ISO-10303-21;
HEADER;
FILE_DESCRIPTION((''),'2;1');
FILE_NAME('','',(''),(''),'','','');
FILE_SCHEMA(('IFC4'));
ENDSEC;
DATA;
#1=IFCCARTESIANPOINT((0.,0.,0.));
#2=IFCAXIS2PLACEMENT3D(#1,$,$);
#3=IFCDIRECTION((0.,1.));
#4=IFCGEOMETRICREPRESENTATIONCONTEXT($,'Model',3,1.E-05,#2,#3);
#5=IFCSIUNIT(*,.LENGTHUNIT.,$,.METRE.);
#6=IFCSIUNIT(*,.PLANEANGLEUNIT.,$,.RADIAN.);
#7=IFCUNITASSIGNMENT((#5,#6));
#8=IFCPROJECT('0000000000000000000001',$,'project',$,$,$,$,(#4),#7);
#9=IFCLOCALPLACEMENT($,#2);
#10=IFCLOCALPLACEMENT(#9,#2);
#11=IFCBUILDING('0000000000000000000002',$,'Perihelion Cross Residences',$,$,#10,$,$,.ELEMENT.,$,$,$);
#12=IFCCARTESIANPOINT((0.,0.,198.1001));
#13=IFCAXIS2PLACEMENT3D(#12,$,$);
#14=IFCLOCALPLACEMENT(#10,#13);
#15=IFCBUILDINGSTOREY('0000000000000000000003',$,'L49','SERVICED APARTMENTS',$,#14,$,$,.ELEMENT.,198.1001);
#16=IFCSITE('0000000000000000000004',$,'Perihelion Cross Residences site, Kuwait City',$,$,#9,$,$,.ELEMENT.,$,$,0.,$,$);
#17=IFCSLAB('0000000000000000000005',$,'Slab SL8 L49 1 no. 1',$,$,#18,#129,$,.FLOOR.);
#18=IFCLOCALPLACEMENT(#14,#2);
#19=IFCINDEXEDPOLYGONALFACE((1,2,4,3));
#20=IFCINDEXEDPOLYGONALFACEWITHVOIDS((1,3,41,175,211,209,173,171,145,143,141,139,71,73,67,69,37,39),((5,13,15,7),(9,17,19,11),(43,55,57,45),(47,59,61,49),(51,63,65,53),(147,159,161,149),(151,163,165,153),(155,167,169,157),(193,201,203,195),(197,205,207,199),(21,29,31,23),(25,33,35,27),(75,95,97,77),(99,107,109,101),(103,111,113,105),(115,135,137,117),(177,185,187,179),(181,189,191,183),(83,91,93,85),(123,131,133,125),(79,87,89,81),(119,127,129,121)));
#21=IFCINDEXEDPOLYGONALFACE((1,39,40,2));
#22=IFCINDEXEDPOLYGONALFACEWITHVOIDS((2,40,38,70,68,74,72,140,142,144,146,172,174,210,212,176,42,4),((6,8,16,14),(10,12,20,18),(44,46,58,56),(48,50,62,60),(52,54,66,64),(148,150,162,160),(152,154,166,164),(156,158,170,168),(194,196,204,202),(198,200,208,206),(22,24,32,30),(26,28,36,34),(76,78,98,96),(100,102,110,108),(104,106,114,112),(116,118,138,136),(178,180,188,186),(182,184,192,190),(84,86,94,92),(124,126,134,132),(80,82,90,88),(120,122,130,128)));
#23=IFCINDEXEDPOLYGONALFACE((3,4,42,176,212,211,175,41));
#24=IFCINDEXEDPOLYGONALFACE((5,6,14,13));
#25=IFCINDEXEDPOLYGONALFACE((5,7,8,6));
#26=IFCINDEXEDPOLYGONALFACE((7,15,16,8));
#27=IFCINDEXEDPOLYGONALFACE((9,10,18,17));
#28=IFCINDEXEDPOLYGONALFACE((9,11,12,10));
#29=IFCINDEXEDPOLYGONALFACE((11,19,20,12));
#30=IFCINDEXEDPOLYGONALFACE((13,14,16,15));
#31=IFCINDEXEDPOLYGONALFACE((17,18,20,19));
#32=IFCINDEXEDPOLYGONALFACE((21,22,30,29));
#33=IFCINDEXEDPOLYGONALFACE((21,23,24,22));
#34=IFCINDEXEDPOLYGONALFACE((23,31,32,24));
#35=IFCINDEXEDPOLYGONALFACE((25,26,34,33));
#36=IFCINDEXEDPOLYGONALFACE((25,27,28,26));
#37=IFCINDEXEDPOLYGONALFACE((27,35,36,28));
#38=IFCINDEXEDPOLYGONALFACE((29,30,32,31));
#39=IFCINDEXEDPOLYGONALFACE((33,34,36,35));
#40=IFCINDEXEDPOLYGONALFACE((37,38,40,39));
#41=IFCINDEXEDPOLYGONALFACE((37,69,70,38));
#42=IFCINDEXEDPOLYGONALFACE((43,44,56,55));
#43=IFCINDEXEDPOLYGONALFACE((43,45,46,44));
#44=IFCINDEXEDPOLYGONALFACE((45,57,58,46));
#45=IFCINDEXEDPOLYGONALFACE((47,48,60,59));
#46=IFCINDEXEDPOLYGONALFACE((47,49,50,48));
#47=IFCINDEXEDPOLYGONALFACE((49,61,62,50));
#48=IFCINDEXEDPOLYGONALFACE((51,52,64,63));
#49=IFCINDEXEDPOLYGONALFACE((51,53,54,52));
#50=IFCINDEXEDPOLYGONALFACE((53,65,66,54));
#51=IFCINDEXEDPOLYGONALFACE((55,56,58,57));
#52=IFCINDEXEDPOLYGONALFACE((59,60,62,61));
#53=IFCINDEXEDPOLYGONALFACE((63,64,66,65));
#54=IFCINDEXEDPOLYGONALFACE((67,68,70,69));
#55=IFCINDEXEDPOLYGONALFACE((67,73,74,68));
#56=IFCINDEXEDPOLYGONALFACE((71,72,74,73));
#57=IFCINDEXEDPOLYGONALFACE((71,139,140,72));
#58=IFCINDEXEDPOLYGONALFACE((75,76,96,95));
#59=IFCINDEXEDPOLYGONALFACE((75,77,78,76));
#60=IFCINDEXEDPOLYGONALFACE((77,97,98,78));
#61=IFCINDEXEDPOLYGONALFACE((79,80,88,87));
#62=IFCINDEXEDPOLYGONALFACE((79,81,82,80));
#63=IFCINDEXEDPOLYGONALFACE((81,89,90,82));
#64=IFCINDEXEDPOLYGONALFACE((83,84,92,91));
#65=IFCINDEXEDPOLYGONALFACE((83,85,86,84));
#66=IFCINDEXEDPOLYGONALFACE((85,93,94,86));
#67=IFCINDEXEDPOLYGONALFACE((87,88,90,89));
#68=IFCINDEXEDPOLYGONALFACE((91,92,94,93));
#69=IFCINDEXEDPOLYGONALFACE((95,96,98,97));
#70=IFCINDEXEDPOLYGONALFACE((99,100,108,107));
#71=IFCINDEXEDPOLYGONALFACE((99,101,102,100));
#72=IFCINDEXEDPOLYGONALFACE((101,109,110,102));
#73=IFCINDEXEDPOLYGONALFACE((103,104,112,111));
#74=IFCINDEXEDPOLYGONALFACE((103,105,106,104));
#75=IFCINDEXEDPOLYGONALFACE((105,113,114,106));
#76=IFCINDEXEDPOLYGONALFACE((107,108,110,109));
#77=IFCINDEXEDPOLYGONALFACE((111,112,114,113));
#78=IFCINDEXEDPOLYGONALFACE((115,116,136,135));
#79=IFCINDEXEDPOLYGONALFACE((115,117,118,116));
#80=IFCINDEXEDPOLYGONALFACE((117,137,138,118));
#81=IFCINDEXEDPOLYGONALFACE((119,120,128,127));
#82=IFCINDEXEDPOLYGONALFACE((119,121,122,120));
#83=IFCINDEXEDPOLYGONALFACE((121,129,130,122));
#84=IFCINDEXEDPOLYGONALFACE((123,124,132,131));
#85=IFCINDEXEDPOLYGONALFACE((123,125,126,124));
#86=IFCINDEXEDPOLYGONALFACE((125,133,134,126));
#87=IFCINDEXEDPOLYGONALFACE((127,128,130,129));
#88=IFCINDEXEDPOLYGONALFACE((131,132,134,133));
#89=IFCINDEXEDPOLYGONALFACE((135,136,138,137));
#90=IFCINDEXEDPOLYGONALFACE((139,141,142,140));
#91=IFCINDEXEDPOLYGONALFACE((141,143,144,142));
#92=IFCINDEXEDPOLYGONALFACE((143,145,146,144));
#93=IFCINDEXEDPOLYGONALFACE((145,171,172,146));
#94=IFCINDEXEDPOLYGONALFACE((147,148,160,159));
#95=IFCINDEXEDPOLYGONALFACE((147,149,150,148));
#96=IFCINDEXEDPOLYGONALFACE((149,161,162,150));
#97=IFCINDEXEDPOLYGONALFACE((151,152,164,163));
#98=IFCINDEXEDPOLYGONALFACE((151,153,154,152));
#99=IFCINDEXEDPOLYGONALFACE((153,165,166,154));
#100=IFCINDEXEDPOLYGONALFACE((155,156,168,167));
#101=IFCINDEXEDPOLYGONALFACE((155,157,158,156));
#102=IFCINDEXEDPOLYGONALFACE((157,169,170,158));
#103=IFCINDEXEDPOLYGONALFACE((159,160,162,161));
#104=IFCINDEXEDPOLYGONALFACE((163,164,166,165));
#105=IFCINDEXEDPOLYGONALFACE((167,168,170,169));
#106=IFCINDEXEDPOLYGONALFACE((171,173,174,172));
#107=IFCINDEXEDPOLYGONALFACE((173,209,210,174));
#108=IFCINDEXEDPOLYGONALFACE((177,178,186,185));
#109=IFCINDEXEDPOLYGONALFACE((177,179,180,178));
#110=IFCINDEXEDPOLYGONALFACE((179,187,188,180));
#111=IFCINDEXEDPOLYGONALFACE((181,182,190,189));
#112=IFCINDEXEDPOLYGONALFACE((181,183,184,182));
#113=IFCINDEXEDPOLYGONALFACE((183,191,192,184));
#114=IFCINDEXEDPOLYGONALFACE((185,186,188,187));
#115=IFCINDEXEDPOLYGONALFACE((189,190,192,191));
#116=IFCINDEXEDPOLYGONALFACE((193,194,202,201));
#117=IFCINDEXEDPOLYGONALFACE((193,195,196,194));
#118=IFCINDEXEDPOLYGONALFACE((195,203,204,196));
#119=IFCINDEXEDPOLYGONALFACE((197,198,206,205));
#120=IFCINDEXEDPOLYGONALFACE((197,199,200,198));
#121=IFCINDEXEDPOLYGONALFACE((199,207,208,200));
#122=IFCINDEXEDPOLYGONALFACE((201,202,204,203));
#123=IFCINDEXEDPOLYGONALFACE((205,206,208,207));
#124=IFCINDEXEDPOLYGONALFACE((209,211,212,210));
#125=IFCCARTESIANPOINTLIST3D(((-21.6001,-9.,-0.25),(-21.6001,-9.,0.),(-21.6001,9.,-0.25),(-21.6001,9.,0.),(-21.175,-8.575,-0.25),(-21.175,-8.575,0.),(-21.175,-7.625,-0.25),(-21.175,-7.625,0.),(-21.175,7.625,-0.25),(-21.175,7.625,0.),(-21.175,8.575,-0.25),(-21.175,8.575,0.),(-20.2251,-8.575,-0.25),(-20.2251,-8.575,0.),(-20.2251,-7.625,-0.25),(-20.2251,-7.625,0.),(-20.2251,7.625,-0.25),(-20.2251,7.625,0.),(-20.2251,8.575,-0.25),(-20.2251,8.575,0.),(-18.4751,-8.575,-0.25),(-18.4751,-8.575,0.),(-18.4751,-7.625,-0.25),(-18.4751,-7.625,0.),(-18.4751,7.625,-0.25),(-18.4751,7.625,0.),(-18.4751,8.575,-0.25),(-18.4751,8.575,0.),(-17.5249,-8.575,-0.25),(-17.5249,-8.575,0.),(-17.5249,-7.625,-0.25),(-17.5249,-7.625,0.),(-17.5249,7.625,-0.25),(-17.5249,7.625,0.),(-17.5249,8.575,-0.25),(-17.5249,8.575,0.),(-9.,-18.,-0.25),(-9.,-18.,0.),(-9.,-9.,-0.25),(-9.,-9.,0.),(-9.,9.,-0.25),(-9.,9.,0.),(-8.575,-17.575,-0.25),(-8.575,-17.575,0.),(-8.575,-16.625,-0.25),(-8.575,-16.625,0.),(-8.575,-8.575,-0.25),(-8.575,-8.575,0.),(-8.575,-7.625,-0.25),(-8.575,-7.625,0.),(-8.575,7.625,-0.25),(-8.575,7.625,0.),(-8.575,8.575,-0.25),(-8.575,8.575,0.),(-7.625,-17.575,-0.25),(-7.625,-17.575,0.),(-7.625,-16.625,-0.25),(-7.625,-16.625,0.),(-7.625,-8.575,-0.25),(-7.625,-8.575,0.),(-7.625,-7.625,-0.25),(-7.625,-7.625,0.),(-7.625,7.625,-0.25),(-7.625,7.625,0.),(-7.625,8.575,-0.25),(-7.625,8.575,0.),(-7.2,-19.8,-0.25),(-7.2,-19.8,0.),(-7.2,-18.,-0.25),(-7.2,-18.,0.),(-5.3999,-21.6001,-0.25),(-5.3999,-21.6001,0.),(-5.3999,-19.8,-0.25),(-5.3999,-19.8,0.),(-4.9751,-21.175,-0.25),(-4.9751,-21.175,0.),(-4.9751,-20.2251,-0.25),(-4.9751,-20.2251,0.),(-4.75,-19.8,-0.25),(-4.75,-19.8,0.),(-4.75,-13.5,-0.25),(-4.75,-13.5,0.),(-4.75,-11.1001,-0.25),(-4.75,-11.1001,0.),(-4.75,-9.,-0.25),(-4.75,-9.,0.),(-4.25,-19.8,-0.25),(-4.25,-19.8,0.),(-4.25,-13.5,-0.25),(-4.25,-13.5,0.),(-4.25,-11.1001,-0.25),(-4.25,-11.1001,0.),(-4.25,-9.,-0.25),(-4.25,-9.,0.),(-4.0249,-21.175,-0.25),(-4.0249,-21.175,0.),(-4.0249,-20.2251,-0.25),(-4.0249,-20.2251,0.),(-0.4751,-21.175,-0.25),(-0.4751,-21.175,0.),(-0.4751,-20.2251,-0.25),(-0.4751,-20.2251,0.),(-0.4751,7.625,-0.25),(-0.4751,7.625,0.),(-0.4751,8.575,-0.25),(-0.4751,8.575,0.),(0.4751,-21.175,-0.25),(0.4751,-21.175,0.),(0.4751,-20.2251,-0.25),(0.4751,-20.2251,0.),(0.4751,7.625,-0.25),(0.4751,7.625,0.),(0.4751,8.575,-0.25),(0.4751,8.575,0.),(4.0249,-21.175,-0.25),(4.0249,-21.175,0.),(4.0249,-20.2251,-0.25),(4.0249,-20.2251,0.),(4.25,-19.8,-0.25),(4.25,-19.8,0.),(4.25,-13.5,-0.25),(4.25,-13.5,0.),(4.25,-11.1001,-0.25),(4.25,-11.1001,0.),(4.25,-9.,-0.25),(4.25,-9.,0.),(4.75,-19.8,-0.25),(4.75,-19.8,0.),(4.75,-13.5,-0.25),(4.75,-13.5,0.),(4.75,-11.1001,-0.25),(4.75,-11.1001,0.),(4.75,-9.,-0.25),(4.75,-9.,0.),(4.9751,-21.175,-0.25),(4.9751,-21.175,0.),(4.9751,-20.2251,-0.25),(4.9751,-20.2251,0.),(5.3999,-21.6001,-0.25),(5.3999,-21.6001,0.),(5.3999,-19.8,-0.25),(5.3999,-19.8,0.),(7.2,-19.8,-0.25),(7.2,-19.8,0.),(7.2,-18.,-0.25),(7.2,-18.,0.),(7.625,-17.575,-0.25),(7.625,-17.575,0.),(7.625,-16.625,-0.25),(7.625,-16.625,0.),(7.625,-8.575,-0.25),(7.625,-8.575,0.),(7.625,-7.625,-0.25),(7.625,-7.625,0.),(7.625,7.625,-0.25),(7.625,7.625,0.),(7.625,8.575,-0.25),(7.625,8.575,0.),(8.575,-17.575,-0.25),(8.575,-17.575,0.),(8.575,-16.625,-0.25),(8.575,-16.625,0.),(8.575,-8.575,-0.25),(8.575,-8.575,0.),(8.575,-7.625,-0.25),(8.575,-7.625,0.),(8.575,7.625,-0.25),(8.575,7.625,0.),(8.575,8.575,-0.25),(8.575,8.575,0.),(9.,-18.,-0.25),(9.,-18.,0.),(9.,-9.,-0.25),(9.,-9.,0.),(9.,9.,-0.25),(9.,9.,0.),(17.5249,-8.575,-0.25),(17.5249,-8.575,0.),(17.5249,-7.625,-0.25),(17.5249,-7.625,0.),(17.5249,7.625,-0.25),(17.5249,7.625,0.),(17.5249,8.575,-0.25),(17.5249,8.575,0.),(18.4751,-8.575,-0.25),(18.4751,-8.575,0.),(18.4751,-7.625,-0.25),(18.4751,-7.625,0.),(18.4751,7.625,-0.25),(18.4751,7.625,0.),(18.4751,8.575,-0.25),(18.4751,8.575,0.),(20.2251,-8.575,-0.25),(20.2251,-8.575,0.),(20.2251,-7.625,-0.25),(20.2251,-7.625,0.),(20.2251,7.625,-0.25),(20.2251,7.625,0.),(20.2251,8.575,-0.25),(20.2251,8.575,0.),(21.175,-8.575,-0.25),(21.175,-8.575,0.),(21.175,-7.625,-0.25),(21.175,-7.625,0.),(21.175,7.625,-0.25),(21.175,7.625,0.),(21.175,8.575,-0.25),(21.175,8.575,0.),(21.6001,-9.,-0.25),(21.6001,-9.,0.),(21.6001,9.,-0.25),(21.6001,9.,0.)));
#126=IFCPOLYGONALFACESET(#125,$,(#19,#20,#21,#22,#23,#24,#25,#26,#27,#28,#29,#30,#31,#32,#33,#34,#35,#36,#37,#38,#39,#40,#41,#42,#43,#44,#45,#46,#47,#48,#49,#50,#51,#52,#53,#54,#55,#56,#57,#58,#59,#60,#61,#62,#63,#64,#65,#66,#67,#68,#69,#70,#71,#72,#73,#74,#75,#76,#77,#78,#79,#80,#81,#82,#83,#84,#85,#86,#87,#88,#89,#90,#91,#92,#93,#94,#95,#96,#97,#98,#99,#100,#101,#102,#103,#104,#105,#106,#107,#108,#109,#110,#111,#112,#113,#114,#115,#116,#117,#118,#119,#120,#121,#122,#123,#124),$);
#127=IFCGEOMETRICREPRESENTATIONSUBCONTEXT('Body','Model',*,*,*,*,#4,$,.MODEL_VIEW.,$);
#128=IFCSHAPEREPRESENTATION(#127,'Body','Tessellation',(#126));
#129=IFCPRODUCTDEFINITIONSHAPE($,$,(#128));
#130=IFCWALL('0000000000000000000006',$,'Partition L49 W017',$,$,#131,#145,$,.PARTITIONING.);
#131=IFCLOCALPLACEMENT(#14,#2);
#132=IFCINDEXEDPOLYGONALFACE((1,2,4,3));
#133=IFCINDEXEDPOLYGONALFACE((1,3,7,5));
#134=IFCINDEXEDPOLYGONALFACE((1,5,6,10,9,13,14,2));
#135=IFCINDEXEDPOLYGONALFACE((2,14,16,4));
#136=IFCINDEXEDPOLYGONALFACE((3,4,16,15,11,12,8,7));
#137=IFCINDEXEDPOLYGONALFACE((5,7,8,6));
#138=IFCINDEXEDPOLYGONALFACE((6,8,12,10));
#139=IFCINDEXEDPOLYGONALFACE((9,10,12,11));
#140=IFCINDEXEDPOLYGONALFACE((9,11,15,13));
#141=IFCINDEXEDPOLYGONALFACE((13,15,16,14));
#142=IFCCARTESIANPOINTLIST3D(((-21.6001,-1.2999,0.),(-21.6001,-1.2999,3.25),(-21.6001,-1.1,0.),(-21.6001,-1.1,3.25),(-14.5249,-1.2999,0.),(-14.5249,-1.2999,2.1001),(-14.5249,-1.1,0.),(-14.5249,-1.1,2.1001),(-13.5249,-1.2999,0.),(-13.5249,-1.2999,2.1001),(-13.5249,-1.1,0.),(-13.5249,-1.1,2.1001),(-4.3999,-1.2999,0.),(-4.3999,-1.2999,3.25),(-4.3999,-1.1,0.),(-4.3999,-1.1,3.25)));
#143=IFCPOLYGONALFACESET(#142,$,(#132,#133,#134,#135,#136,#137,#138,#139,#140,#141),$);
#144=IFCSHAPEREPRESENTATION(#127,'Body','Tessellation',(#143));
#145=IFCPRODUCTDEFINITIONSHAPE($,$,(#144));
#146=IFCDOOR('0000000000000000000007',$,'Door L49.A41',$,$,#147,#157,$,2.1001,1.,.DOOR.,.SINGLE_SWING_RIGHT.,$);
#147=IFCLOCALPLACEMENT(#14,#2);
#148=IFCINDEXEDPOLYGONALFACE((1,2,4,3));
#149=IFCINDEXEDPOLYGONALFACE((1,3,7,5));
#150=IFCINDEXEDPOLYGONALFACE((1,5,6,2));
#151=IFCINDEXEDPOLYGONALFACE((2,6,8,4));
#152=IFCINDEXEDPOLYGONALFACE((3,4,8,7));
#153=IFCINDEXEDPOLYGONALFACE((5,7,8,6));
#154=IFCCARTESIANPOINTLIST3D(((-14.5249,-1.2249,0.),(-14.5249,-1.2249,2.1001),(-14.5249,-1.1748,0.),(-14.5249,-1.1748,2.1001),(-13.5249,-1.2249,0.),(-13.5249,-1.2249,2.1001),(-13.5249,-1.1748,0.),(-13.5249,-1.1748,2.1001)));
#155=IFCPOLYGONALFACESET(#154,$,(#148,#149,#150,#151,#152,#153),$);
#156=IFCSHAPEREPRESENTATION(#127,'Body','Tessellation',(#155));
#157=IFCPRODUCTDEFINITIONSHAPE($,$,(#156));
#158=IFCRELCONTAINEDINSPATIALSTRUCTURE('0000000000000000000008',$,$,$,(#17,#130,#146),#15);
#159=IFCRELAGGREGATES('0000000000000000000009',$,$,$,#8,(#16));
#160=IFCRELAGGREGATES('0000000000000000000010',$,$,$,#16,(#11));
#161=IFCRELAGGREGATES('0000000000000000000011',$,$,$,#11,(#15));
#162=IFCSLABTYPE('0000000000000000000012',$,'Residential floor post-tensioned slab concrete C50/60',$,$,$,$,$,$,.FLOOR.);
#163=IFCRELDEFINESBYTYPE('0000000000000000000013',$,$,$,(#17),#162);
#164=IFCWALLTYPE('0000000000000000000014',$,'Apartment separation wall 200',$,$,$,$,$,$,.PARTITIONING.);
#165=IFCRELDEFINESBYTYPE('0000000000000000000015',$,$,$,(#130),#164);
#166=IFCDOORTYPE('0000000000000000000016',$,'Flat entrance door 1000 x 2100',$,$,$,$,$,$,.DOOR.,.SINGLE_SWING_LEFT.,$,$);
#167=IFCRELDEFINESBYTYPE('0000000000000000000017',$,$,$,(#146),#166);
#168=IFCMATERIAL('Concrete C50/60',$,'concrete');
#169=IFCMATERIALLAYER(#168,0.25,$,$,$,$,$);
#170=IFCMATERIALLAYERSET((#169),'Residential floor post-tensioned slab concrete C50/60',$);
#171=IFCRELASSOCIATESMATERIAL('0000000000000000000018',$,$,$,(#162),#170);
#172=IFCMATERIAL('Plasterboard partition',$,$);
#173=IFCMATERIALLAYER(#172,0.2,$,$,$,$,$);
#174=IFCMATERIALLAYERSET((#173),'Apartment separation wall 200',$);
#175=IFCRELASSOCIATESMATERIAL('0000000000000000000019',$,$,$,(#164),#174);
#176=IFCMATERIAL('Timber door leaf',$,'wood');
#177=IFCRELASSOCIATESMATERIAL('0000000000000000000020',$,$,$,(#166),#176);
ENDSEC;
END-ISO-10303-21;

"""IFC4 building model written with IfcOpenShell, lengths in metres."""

from ifc_helpers import new_model, si_unit, direction, frame, frame_2d, origin, place, context, subcontext, project, spatial, polyline, rectangle, outline, extrude, material, layer, layer_set, type_object, element, fill, save


model = new_model("IFC4")

# Units and contexts
model_context = context("Model", 3, precision=1e-05, world=origin(), true_north=direction((0.0, 1.0)))
body_context = subcontext(model_context, "Body", "Model", "MODEL_VIEW")
ifc_project = project(units=[si_unit("LENGTHUNIT", "METRE"), si_unit("PLANEANGLEUNIT", "RADIAN")], contexts=[model_context])

# Site, building, storey
site_placement = place(None, origin())
site = spatial("IfcSite", under=ifc_project, at=site_placement, Name="Perihelion Cross Residences site, Kuwait City", CompositionType="ELEMENT", RefElevation=0.0)
building_placement = place(site_placement, origin())
building = spatial("IfcBuilding", under=site, at=building_placement, Name="Perihelion Cross Residences", CompositionType="ELEMENT")
storey_placement = place(building_placement, frame((0.0, 0.0, 198.1001)))
storey = spatial("IfcBuildingStorey", under=building, at=storey_placement, Name="L49", Description="SERVICED APARTMENTS", CompositionType="ELEMENT", Elevation=198.1001)

# Slab
ifc_material_1 = material(Name="Concrete C50/60", Category="concrete")
ifc_layer_1 = layer(ifc_material_1, 0.25)
ifc_layer_set_1 = layer_set([ifc_layer_1], Name="Residential floor post-tensioned slab concrete C50/60")
slab_type_1 = type_object("IfcSlabType", Name="Residential floor post-tensioned slab concrete C50/60", PredefinedType="FLOOR", material=ifc_layer_set_1)
slab_1_placement = place(storey_placement, frame((0.0, 0.0, -0.25)))
element("IfcSlab", 1, at=slab_1_placement, inside=storey, type_object=slab_type_1, Name="Slab SL8 L49 1 no. 1", PredefinedType="FLOOR", context=body_context, shape_type="SweptSolid", body=[
    extrude(outline(polyline([(-9.0, 9.0), (9.0, 9.0), (21.6001, 9.0), (21.6001, -9.0), (9.0, -9.0), (9.0, -18.0), (7.2, -18.0), (7.2, -19.8), (5.3999, -19.8), (5.3999, -21.6001), (-5.3999, -21.6001), (-5.3999, -19.8), (-7.2, -19.8), (-7.2, -18.0), (-9.0, -18.0), (-9.0, -9.0), (-21.6001, -9.0), (-21.6001, 9.0), (-9.0, 9.0)]), holes=[polyline([(-4.0249, -20.2251), (-4.9751, -20.2251), (-4.9751, -21.175), (-4.0249, -21.175), (-4.0249, -20.2251)]), polyline([(0.4751, -21.175), (0.4751, -20.2251), (-0.4751, -20.2251), (-0.4751, -21.175), (0.4751, -21.175)]), polyline([(-7.625, -17.575), (-7.625, -16.625), (-8.575, -16.625), (-8.575, -17.575), (-7.625, -17.575)]), polyline([(-4.25, -13.5), (-4.75, -13.5), (-4.75, -19.8), (-4.25, -19.8), (-4.25, -13.5)]), polyline([(-4.25, -11.1001), (-4.25, -9.0), (-4.75, -9.0), (-4.75, -11.1001), (-4.25, -11.1001)]), polyline([(-20.2251, -8.575), (-20.2251, -7.625), (-21.175, -7.625), (-21.175, -8.575), (-20.2251, -8.575)]), polyline([(-17.5249, -7.625), (-18.4751, -7.625), (-18.4751, -8.575), (-17.5249, -8.575), (-17.5249, -7.625)]), polyline([(-7.625, -8.575), (-7.625, -7.625), (-8.575, -7.625), (-8.575, -8.575), (-7.625, -8.575)]), polyline([(-20.2251, 8.575), (-21.175, 8.575), (-21.175, 7.625), (-20.2251, 7.625), (-20.2251, 8.575)]), polyline([(-17.5249, 7.625), (-17.5249, 8.575), (-18.4751, 8.575), (-18.4751, 7.625), (-17.5249, 7.625)]), polyline([(-7.625, 7.625), (-7.625, 8.575), (-8.575, 8.575), (-8.575, 7.625), (-7.625, 7.625)]), polyline([(4.9751, -20.2251), (4.0249, -20.2251), (4.0249, -21.175), (4.9751, -21.175), (4.9751, -20.2251)]), polyline([(8.575, -17.575), (8.575, -16.625), (7.625, -16.625), (7.625, -17.575), (8.575, -17.575)]), polyline([(4.75, -19.8), (4.75, -13.5), (4.25, -13.5), (4.25, -19.8), (4.75, -19.8)]), polyline([(4.75, -9.0), (4.25, -9.0), (4.25, -11.1001), (4.75, -11.1001), (4.75, -9.0)]), polyline([(8.575, -8.575), (8.575, -7.625), (7.625, -7.625), (7.625, -8.575), (8.575, -8.575)]), polyline([(18.4751, -8.575), (18.4751, -7.625), (17.5249, -7.625), (17.5249, -8.575), (18.4751, -8.575)]), polyline([(21.175, -7.625), (20.2251, -7.625), (20.2251, -8.575), (21.175, -8.575), (21.175, -7.625)]), polyline([(0.4751, 7.625), (0.4751, 8.575), (-0.4751, 8.575), (-0.4751, 7.625), (0.4751, 7.625)]), polyline([(8.575, 8.575), (7.625, 8.575), (7.625, 7.625), (8.575, 7.625), (8.575, 8.575)]), polyline([(18.4751, 7.625), (18.4751, 8.575), (17.5249, 8.575), (17.5249, 7.625), (18.4751, 7.625)]), polyline([(21.175, 7.625), (21.175, 8.575), (20.2251, 8.575), (20.2251, 7.625), (21.175, 7.625)])]), origin(), (0.0, 0.0, 1.0), 0.25),
])

# Wall, opening, door
ifc_material_2 = material(Name="Plasterboard partition")
ifc_layer_2 = layer(ifc_material_2, 0.2)
ifc_layer_set_2 = layer_set([ifc_layer_2], Name="Apartment separation wall 200")
wall_type_1 = type_object("IfcWallType", Name="Apartment separation wall 200", PredefinedType="PARTITIONING", material=ifc_layer_set_2)
wall_1_placement = place(storey_placement, frame((-4.3999, -1.2, 0.0), z_axis=(0.0, 0.0, 1.0), x_axis=(-1.0, 0.0, 0.0)))
wall_1 = element("IfcWall", 2, at=wall_1_placement, inside=storey, type_object=wall_type_1, Name="Partition L49 W017", PredefinedType="PARTITIONING", context=body_context, shape_type="SweptSolid", body=[
    extrude(rectangle(XDim=17.2002, YDim=0.2, at=frame_2d((8.6001, 0.0))), origin(), (0.0, 0.0, 1.0), 3.25),
])
opening_1_placement = place(wall_1_placement, frame((9.125, 0.0, 0.0)))
opening_1 = element("IfcOpeningElement", 3, at=opening_1_placement, cuts=wall_1, PredefinedType="OPENING", context=body_context, shape_type="SweptSolid", body=[
    extrude(rectangle(XDim=1.0, YDim=2.1001, at=frame_2d((0.5, 1.05))), frame((0.0, 0.1099, 0.0), z_axis=(0.0, -1.0, 0.0), x_axis=(1.0, 0.0, 0.0)), (0.0, 0.0, 1.0), 0.22),
])
ifc_material_3 = material(Name="Timber door leaf", Category="wood")
door_type_1 = type_object("IfcDoorType", Name="Flat entrance door 1000 x 2100", OperationType="SINGLE_SWING_LEFT", PredefinedType="DOOR", material=ifc_material_3)
door_1_placement = place(opening_1_placement, origin())
door_1 = element("IfcDoor", 4, at=door_1_placement, inside=storey, type_object=door_type_1, Name="Door L49.A41", OperationType="SINGLE_SWING_RIGHT", OverallHeight=2.1001, OverallWidth=1.0, PredefinedType="DOOR", context=body_context, shape_type="SweptSolid", body=[
    extrude(rectangle(XDim=1.0, YDim=2.1001, at=frame_2d((0.5, 1.05))), frame((0.0, 0.0249, 0.0), z_axis=(0.0, -1.0, 0.0), x_axis=(1.0, 0.0, 0.0)), (0.0, 0.0, 1.0), 0.05),
])
fill(opening_1, door_1)

save(model, "model.ifc")
